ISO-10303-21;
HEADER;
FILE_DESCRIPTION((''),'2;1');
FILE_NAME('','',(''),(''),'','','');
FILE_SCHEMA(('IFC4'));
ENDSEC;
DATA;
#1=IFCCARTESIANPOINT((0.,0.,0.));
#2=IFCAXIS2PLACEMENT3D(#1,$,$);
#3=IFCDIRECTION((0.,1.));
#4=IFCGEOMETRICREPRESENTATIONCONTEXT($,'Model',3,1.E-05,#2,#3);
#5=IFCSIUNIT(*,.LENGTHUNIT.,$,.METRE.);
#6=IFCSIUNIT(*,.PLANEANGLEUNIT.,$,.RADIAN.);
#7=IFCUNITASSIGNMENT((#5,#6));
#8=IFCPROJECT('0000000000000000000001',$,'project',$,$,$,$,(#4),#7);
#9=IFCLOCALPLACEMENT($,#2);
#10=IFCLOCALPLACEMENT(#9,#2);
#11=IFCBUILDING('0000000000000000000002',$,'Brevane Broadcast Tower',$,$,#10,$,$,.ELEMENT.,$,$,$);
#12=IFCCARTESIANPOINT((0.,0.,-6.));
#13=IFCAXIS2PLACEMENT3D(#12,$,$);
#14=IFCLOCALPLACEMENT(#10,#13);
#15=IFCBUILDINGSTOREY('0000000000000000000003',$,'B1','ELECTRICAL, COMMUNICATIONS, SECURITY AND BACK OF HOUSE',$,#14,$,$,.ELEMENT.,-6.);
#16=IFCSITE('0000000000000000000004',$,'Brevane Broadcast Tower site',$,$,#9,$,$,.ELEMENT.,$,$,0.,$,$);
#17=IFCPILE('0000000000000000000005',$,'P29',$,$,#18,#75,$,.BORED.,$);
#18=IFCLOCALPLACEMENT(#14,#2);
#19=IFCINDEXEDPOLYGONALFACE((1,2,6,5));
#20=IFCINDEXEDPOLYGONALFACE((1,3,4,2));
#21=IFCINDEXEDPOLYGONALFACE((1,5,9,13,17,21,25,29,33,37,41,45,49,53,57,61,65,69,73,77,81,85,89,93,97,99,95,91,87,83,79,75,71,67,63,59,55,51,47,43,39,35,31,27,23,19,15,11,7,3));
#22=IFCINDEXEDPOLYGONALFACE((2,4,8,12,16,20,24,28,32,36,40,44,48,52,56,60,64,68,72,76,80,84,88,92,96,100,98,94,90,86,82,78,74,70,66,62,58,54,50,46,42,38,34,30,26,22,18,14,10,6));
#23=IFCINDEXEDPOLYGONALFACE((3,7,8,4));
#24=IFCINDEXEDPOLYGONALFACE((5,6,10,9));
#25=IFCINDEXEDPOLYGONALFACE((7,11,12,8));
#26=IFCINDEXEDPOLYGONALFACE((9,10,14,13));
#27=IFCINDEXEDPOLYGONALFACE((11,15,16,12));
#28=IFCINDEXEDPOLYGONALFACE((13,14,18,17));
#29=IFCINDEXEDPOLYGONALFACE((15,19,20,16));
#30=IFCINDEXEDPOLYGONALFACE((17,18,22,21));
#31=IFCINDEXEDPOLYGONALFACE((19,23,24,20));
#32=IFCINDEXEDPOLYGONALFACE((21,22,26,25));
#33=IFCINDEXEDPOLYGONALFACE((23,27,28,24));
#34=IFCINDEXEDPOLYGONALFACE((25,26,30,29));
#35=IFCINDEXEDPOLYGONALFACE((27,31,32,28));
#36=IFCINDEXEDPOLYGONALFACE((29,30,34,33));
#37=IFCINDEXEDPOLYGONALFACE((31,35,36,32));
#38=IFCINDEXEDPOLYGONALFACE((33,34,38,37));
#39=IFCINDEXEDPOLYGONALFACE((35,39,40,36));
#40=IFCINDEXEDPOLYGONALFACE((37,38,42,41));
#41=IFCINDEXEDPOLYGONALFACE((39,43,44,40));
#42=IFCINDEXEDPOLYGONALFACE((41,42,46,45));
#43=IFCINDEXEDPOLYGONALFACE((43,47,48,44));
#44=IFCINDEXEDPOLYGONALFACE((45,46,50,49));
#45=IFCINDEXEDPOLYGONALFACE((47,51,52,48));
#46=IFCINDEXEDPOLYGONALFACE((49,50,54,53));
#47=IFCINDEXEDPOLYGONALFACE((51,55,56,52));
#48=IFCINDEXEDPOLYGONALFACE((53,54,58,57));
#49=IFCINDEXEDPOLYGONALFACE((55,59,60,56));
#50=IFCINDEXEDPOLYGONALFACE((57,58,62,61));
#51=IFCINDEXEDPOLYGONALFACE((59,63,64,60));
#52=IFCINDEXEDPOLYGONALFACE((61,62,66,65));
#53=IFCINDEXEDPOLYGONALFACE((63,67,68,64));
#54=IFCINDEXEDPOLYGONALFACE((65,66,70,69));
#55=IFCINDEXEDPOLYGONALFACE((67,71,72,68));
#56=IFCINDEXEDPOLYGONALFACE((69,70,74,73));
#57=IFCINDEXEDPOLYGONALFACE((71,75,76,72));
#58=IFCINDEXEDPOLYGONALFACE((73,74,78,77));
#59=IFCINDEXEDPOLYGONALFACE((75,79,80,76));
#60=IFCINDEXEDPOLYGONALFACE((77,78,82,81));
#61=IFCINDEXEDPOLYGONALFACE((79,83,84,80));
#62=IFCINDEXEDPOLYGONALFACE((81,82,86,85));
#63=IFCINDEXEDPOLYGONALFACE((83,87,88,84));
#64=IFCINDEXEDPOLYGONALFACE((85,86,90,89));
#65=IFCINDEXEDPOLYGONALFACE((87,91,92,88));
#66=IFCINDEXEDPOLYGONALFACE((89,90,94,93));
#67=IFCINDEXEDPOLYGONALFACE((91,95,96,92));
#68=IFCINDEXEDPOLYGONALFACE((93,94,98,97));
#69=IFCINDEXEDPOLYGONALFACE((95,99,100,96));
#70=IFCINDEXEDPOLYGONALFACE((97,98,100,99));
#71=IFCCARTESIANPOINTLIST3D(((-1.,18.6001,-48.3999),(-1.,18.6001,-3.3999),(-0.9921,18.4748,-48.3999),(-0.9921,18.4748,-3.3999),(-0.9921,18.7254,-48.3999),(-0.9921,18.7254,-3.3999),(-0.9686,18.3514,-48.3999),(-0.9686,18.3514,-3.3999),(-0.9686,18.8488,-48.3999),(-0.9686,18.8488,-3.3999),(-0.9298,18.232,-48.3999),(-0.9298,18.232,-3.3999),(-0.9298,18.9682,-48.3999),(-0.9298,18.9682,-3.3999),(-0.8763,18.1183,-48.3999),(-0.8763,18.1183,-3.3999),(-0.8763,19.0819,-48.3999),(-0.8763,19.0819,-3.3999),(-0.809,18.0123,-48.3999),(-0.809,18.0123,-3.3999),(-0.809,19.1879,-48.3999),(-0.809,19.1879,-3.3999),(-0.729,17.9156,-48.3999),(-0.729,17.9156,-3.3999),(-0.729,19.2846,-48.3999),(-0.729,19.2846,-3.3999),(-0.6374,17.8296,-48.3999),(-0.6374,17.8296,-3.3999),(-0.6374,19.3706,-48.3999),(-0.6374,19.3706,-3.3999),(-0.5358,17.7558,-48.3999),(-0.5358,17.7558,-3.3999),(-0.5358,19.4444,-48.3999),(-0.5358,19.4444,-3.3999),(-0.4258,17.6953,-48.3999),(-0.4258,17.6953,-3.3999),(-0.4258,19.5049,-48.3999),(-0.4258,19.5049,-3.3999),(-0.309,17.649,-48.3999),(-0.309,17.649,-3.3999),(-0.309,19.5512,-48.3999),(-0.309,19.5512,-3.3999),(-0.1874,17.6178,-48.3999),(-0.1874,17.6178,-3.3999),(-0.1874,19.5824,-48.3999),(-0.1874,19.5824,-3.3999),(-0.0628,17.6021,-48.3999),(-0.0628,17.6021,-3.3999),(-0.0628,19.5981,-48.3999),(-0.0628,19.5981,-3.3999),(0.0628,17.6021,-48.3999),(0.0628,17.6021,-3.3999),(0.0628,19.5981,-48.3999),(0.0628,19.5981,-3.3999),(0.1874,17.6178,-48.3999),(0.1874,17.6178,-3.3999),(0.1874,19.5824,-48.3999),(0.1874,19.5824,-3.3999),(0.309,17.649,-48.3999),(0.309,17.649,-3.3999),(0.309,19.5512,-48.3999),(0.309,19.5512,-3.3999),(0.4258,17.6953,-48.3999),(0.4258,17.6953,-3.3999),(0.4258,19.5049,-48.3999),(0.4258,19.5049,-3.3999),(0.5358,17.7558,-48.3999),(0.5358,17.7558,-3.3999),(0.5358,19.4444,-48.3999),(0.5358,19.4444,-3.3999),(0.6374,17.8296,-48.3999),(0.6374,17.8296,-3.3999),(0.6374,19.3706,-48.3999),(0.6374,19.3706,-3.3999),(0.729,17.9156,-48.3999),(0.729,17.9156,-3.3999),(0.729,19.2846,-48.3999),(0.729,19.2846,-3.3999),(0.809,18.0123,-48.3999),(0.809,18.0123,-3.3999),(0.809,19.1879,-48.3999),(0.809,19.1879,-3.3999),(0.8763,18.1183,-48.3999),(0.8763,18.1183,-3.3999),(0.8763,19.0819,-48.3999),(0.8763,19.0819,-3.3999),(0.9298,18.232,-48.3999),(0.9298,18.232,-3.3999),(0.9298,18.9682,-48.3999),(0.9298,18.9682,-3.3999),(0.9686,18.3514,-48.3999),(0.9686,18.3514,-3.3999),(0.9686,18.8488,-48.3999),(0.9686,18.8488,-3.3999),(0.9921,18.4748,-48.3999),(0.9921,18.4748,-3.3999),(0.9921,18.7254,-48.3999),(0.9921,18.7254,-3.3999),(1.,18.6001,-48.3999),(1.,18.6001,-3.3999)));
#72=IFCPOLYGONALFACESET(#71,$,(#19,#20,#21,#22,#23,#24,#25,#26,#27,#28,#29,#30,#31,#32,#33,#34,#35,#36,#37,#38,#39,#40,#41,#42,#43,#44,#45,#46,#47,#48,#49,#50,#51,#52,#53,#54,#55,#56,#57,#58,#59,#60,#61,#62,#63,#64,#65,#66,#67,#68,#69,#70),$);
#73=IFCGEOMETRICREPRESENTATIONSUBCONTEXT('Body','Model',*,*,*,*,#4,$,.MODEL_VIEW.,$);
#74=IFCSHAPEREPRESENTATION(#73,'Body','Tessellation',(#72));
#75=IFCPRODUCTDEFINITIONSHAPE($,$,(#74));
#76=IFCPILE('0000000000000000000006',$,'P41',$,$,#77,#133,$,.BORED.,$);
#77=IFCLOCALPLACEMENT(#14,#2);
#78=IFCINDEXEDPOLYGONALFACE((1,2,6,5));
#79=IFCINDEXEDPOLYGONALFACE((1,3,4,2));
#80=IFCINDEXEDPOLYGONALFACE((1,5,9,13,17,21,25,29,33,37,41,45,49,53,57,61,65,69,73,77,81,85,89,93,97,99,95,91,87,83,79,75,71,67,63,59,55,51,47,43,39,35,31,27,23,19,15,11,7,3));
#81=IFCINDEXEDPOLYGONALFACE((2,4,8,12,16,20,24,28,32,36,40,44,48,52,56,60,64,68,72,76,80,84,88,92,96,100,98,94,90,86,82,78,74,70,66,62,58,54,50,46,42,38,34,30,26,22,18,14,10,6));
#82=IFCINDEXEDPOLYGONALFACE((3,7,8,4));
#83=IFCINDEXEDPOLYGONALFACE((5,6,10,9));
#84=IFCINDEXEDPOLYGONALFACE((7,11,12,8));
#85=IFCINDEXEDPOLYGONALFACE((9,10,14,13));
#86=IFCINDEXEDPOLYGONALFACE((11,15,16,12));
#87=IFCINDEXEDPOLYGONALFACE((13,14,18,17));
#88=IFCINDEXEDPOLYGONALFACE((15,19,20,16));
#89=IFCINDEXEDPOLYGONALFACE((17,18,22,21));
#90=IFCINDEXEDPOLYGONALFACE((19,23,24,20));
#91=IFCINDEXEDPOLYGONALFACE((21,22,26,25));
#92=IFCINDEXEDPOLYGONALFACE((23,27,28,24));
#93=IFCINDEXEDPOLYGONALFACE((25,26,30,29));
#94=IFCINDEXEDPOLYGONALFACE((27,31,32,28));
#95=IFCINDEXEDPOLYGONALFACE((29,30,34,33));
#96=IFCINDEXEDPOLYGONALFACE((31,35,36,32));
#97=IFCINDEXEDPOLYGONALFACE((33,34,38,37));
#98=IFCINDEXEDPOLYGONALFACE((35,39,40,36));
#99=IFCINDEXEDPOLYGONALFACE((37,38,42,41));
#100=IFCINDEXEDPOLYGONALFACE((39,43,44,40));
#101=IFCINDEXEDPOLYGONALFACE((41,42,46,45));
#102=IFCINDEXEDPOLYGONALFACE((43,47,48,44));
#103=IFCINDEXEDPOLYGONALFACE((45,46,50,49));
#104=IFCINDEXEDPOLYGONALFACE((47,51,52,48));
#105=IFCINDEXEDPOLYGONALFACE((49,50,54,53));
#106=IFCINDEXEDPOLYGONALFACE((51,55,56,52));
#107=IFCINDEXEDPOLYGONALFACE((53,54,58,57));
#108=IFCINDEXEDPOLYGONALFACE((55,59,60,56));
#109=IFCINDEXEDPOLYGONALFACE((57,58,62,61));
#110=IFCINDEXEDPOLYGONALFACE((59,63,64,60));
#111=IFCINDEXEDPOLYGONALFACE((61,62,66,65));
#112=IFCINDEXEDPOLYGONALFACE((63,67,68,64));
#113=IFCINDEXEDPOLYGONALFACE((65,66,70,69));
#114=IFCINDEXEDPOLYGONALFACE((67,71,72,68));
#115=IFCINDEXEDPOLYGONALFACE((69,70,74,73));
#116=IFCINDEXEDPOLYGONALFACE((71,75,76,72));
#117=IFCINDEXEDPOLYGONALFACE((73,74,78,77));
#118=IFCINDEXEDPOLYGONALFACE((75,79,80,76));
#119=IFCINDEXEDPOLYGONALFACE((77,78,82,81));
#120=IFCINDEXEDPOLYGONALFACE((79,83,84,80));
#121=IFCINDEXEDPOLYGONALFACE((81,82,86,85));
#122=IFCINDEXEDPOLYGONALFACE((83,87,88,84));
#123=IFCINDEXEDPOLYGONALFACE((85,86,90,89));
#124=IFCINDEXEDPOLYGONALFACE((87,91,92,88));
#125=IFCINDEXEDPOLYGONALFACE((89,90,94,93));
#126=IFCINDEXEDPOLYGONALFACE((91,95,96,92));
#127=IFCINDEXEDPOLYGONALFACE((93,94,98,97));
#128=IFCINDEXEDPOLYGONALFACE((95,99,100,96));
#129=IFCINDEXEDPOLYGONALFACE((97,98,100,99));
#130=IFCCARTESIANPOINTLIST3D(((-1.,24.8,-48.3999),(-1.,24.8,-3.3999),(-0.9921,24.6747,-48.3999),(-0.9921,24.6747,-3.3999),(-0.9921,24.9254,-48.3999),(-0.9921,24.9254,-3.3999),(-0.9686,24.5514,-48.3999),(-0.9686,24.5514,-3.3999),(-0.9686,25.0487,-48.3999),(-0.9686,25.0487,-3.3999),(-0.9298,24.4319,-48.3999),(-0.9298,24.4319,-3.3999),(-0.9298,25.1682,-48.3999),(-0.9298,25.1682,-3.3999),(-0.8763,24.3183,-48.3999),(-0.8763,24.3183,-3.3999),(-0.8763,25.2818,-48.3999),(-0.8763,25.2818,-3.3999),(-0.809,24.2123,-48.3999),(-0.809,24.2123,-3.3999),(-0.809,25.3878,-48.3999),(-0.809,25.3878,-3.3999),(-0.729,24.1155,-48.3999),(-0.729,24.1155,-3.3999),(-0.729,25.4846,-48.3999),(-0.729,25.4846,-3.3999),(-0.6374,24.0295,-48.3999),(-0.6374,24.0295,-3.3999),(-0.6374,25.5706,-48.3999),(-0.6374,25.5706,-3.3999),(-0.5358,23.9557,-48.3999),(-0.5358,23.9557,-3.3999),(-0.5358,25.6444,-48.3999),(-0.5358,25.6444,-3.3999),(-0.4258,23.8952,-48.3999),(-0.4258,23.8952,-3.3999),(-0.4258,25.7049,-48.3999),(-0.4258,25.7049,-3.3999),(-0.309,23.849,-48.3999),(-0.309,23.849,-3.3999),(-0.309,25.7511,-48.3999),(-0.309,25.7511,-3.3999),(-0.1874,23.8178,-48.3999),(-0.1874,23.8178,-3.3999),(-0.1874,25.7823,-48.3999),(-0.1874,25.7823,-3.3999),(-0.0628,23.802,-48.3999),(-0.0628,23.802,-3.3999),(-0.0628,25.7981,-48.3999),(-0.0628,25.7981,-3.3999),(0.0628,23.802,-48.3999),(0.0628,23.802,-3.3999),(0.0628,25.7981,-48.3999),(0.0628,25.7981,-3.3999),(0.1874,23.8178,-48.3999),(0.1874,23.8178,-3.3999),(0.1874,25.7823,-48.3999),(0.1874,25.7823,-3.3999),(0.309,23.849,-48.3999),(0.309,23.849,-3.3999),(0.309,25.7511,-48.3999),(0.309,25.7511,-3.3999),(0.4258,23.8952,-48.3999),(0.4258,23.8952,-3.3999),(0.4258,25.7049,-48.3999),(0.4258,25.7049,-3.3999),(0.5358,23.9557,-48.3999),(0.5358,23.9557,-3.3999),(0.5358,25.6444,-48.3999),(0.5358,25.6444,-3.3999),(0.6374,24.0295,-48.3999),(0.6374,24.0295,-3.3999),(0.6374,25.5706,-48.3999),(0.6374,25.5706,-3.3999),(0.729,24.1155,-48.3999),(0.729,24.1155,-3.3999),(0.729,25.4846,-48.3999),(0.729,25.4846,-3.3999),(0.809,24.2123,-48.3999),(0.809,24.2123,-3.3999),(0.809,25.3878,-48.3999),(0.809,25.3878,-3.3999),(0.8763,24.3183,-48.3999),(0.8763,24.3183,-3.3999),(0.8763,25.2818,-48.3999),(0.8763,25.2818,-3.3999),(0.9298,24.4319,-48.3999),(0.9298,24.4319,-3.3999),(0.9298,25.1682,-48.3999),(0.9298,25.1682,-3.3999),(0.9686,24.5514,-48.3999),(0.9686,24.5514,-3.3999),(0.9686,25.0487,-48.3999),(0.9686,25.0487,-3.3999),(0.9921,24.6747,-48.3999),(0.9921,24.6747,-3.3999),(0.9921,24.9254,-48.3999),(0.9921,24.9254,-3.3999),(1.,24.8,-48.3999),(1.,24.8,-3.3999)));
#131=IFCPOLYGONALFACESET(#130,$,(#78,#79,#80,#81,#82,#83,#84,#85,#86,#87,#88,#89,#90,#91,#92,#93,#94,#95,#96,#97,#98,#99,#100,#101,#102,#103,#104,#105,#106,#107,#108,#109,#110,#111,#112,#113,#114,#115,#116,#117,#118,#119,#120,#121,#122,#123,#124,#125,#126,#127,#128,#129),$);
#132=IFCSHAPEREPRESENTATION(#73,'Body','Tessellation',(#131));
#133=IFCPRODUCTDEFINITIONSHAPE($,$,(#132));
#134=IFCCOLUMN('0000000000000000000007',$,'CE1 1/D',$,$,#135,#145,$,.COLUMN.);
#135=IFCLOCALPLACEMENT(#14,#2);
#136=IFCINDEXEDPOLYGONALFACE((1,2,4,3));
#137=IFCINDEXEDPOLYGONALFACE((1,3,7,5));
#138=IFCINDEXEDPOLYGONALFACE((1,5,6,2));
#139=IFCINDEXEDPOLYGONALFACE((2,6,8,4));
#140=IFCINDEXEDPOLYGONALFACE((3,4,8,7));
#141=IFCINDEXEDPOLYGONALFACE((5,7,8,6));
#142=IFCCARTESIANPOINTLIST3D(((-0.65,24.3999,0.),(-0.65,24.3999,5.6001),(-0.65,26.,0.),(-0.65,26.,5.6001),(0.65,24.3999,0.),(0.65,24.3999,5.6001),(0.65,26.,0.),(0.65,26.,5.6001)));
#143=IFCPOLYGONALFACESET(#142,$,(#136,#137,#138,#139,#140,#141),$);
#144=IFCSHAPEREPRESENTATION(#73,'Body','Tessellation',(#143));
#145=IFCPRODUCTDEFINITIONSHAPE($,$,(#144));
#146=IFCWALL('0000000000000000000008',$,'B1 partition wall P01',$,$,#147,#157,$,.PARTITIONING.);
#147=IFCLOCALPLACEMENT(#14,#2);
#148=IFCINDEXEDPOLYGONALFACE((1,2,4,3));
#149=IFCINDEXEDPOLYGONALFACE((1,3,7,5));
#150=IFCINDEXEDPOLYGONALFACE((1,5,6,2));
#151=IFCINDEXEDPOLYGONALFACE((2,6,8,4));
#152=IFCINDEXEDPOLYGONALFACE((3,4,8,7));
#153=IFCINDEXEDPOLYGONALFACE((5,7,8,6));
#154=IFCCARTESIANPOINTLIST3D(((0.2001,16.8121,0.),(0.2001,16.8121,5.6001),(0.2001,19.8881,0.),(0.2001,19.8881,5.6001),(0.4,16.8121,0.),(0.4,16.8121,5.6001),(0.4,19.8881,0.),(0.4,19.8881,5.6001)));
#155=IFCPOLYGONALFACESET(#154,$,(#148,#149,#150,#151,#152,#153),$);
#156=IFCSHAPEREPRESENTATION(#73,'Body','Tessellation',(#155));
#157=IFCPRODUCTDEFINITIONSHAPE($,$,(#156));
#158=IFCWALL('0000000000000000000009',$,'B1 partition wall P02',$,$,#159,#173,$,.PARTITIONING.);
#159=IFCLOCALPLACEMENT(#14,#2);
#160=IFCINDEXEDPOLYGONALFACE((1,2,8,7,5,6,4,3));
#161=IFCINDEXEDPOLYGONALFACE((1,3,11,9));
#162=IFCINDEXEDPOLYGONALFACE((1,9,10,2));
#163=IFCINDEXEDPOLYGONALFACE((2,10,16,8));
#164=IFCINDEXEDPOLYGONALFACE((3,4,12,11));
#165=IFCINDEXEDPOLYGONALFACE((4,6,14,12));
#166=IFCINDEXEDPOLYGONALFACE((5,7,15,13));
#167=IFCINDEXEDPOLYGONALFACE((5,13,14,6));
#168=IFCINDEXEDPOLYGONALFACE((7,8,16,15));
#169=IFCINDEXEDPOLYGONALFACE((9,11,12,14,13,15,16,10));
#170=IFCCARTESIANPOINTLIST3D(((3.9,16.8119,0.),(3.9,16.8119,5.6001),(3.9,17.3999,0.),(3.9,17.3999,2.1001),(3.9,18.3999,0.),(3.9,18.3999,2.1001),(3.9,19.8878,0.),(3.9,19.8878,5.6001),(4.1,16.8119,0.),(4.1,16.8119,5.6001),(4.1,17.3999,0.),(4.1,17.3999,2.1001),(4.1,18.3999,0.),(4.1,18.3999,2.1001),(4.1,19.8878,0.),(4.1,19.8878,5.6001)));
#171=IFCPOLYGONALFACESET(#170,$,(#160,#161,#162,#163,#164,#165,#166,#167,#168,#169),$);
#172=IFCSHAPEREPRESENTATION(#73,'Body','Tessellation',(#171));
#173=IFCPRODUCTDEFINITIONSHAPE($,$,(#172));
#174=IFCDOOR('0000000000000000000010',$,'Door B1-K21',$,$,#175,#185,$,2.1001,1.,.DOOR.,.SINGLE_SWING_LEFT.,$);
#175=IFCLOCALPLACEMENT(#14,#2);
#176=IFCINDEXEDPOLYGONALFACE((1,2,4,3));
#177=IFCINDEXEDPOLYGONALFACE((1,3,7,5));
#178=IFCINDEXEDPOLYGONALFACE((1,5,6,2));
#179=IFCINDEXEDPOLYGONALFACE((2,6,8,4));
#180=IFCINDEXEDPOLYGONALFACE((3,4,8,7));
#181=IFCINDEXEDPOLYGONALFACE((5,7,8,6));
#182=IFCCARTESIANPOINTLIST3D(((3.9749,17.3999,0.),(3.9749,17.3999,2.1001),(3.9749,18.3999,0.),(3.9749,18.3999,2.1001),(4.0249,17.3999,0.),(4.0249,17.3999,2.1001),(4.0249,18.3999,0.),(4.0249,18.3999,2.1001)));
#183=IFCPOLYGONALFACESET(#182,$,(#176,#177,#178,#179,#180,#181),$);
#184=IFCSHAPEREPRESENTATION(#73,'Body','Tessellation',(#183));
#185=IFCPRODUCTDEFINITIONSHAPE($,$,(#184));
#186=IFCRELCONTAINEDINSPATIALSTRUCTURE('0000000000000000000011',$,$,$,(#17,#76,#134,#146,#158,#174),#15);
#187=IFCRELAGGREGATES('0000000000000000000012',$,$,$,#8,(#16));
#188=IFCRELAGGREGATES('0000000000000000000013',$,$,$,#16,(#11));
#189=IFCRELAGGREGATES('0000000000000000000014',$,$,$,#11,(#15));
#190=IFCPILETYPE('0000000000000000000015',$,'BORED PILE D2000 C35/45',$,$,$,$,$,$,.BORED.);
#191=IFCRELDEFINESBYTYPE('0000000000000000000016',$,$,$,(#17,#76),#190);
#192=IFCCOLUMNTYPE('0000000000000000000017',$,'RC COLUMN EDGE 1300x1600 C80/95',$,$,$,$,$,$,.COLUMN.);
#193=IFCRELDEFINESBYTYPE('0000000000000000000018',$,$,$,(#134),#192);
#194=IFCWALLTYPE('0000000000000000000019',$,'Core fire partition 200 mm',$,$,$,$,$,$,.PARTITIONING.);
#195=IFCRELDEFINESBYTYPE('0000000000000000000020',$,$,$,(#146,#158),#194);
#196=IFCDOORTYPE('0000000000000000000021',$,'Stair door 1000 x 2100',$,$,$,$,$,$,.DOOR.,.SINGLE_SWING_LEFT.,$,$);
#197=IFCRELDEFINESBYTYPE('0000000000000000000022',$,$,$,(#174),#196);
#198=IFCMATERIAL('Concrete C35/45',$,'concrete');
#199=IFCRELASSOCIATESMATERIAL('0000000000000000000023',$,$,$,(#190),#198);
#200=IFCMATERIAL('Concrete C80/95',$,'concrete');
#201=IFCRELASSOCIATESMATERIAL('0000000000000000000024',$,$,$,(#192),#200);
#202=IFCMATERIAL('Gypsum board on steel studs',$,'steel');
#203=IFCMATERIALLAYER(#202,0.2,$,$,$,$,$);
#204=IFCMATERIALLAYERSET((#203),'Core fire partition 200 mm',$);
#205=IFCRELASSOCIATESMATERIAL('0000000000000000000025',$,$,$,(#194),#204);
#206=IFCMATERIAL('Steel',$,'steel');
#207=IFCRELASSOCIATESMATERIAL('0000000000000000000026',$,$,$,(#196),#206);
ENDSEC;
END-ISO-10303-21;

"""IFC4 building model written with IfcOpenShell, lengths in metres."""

from ifc_helpers import new_model, si_unit, direction, frame, frame_2d, origin, origin_2d, place, context, subcontext, project, spatial, rectangle, circle, extrude, material, layer, layer_set, material_profile, profile_set, type_object, element, fill, save


model = new_model("IFC4")

# Units and contexts
model_context = context("Model", 3, precision=1e-05, world=origin(), true_north=direction((0.0, 1.0)))
body_context = subcontext(model_context, "Body", "Model", "MODEL_VIEW")
ifc_project = project(units=[si_unit("LENGTHUNIT", "METRE"), si_unit("PLANEANGLEUNIT", "RADIAN")], contexts=[model_context])

# Site, building, storey
site_placement = place(None, origin())
site = spatial("IfcSite", under=ifc_project, at=site_placement, Name="Brevane Broadcast Tower site", CompositionType="ELEMENT", RefElevation=0.0)
building_placement = place(site_placement, origin())
building = spatial("IfcBuilding", under=site, at=building_placement, Name="Brevane Broadcast Tower", CompositionType="ELEMENT")
storey_placement = place(building_placement, frame((0.0, 0.0, -6.0)))
storey = spatial("IfcBuildingStorey", under=building, at=storey_placement, Name="B1", Description="ELECTRICAL, COMMUNICATIONS, SECURITY AND BACK OF HOUSE", CompositionType="ELEMENT", Elevation=-6.0)

# Piles
ifc_material_1 = material(Name="Concrete C35/45", Category="concrete")
ifc_material_profile_1 = material_profile(ifc_material_1, circle(Radius=1.0, at=origin_2d()), Name="RC D2000")
ifc_profile_set_1 = profile_set([ifc_material_profile_1], Name="Concrete C35/45")
pile_type = type_object("IfcPileType", Name="BORED PILE D2000 C35/45", PredefinedType="BORED", material=ifc_profile_set_1)
for number, where, z_axis, x_axis, name in (
    (1, (0.0, 18.6001, -3.3999), (0.0, 0.0, -1.0), (1.0, 0.0, 0.0), "P29"),
    (2, (0.0, 24.8, -3.3999), (0.0, 0.0, -1.0), (1.0, 0.0, 0.0), "P41"),
):
    element("IfcPile", number, at=place(storey_placement, frame(where, z_axis=z_axis, x_axis=x_axis)), inside=storey, type_object=pile_type, Name=name, PredefinedType="BORED", context=body_context, shape_type="SweptSolid", body=[
        extrude(circle(Radius=1.0, at=origin_2d()), origin(), (0.0, 0.0, 1.0), 45.0),
    ])

# Column
ifc_material_2 = material(Name="Concrete C80/95", Category="concrete")
ifc_material_profile_2 = material_profile(ifc_material_2, rectangle(XDim=1.3, YDim=1.6001, at=origin_2d()), Name="RC 1300x1600")
ifc_profile_set_2 = profile_set([ifc_material_profile_2], Name="Concrete C80/95")
column_type = type_object("IfcColumnType", Name="RC COLUMN EDGE 1300x1600 C80/95", PredefinedType="COLUMN", material=ifc_profile_set_2)
column_placement = place(storey_placement, frame((0.0, 25.2, 0.0), z_axis=(0.0, 0.0, 1.0), x_axis=(1.0, 0.0, 0.0)))
element("IfcColumn", 3, at=column_placement, inside=storey, type_object=column_type, Name="CE1 1/D", PredefinedType="COLUMN", context=body_context, shape_type="SweptSolid", body=[
    extrude(rectangle(XDim=1.3, YDim=1.6001, at=origin_2d()), origin(), (0.0, 0.0, 1.0), 5.6001),
])

# Wall
ifc_material_3 = material(Name="Gypsum board on steel studs", Category="steel")
ifc_layer_1 = layer(ifc_material_3, 0.2)
ifc_layer_set_1 = layer_set([ifc_layer_1], Name="Core fire partition 200 mm")
wall_type_1 = type_object("IfcWallType", Name="Core fire partition 200 mm", PredefinedType="PARTITIONING", material=ifc_layer_set_1)
wall_1_placement = place(storey_placement, frame((0.3, 16.812, 0.0), z_axis=(0.0, 0.0, 1.0), x_axis=(0.0, 1.0, 0.0)))
element("IfcWall", 4, at=wall_1_placement, inside=storey, type_object=wall_type_1, Name="B1 partition wall P01", PredefinedType="PARTITIONING", context=body_context, shape_type="SweptSolid", body=[
    extrude(rectangle(XDim=3.0759, YDim=0.2, at=frame_2d((1.5381, 0.0))), origin(), (0.0, 0.0, 1.0), 5.6001),
])

# Wall, opening, door
wall_2_placement = place(storey_placement, frame((4.0, 19.8879, 0.0), z_axis=(0.0, 0.0, 1.0), x_axis=(0.0, -1.0, 0.0)))
wall_2 = element("IfcWall", 5, at=wall_2_placement, inside=storey, type_object=wall_type_1, Name="B1 partition wall P02", PredefinedType="PARTITIONING", context=body_context, shape_type="SweptSolid", body=[
    extrude(rectangle(XDim=3.0759, YDim=0.2, at=frame_2d((1.5381, 0.0))), origin(), (0.0, 0.0, 1.0), 5.6001),
])
opening_1_placement = place(wall_2_placement, frame((1.488, 0.0, 0.0)))
opening_1 = element("IfcOpeningElement", 6, at=opening_1_placement, cuts=wall_2, PredefinedType="OPENING", context=body_context, shape_type="SweptSolid", body=[
    extrude(rectangle(XDim=1.0, YDim=2.1001, at=frame_2d((0.5, 1.05))), frame((0.0, 0.1099, 0.0), z_axis=(0.0, -1.0, 0.0), x_axis=(1.0, 0.0, 0.0)), (0.0, 0.0, 1.0), 0.22),
])
ifc_material_4 = material(Name="Steel", Category="steel")
door_type_1 = type_object("IfcDoorType", Name="Stair door 1000 x 2100", OperationType="SINGLE_SWING_LEFT", PredefinedType="DOOR", material=ifc_material_4)
door_1_placement = place(opening_1_placement, origin())
door_1 = element("IfcDoor", 7, at=door_1_placement, inside=storey, type_object=door_type_1, Name="Door B1-K21", OperationType="SINGLE_SWING_LEFT", OverallHeight=2.1001, OverallWidth=1.0, PredefinedType="DOOR", context=body_context, shape_type="SweptSolid", body=[
    extrude(rectangle(XDim=1.0, YDim=2.1001, at=frame_2d((0.5, 1.05))), frame((0.0, 0.0249, 0.0), z_axis=(0.0, -1.0, 0.0), x_axis=(1.0, 0.0, 0.0)), (0.0, 0.0, 1.0), 0.05),
])
fill(opening_1, door_1)

save(model, "model.ifc")
